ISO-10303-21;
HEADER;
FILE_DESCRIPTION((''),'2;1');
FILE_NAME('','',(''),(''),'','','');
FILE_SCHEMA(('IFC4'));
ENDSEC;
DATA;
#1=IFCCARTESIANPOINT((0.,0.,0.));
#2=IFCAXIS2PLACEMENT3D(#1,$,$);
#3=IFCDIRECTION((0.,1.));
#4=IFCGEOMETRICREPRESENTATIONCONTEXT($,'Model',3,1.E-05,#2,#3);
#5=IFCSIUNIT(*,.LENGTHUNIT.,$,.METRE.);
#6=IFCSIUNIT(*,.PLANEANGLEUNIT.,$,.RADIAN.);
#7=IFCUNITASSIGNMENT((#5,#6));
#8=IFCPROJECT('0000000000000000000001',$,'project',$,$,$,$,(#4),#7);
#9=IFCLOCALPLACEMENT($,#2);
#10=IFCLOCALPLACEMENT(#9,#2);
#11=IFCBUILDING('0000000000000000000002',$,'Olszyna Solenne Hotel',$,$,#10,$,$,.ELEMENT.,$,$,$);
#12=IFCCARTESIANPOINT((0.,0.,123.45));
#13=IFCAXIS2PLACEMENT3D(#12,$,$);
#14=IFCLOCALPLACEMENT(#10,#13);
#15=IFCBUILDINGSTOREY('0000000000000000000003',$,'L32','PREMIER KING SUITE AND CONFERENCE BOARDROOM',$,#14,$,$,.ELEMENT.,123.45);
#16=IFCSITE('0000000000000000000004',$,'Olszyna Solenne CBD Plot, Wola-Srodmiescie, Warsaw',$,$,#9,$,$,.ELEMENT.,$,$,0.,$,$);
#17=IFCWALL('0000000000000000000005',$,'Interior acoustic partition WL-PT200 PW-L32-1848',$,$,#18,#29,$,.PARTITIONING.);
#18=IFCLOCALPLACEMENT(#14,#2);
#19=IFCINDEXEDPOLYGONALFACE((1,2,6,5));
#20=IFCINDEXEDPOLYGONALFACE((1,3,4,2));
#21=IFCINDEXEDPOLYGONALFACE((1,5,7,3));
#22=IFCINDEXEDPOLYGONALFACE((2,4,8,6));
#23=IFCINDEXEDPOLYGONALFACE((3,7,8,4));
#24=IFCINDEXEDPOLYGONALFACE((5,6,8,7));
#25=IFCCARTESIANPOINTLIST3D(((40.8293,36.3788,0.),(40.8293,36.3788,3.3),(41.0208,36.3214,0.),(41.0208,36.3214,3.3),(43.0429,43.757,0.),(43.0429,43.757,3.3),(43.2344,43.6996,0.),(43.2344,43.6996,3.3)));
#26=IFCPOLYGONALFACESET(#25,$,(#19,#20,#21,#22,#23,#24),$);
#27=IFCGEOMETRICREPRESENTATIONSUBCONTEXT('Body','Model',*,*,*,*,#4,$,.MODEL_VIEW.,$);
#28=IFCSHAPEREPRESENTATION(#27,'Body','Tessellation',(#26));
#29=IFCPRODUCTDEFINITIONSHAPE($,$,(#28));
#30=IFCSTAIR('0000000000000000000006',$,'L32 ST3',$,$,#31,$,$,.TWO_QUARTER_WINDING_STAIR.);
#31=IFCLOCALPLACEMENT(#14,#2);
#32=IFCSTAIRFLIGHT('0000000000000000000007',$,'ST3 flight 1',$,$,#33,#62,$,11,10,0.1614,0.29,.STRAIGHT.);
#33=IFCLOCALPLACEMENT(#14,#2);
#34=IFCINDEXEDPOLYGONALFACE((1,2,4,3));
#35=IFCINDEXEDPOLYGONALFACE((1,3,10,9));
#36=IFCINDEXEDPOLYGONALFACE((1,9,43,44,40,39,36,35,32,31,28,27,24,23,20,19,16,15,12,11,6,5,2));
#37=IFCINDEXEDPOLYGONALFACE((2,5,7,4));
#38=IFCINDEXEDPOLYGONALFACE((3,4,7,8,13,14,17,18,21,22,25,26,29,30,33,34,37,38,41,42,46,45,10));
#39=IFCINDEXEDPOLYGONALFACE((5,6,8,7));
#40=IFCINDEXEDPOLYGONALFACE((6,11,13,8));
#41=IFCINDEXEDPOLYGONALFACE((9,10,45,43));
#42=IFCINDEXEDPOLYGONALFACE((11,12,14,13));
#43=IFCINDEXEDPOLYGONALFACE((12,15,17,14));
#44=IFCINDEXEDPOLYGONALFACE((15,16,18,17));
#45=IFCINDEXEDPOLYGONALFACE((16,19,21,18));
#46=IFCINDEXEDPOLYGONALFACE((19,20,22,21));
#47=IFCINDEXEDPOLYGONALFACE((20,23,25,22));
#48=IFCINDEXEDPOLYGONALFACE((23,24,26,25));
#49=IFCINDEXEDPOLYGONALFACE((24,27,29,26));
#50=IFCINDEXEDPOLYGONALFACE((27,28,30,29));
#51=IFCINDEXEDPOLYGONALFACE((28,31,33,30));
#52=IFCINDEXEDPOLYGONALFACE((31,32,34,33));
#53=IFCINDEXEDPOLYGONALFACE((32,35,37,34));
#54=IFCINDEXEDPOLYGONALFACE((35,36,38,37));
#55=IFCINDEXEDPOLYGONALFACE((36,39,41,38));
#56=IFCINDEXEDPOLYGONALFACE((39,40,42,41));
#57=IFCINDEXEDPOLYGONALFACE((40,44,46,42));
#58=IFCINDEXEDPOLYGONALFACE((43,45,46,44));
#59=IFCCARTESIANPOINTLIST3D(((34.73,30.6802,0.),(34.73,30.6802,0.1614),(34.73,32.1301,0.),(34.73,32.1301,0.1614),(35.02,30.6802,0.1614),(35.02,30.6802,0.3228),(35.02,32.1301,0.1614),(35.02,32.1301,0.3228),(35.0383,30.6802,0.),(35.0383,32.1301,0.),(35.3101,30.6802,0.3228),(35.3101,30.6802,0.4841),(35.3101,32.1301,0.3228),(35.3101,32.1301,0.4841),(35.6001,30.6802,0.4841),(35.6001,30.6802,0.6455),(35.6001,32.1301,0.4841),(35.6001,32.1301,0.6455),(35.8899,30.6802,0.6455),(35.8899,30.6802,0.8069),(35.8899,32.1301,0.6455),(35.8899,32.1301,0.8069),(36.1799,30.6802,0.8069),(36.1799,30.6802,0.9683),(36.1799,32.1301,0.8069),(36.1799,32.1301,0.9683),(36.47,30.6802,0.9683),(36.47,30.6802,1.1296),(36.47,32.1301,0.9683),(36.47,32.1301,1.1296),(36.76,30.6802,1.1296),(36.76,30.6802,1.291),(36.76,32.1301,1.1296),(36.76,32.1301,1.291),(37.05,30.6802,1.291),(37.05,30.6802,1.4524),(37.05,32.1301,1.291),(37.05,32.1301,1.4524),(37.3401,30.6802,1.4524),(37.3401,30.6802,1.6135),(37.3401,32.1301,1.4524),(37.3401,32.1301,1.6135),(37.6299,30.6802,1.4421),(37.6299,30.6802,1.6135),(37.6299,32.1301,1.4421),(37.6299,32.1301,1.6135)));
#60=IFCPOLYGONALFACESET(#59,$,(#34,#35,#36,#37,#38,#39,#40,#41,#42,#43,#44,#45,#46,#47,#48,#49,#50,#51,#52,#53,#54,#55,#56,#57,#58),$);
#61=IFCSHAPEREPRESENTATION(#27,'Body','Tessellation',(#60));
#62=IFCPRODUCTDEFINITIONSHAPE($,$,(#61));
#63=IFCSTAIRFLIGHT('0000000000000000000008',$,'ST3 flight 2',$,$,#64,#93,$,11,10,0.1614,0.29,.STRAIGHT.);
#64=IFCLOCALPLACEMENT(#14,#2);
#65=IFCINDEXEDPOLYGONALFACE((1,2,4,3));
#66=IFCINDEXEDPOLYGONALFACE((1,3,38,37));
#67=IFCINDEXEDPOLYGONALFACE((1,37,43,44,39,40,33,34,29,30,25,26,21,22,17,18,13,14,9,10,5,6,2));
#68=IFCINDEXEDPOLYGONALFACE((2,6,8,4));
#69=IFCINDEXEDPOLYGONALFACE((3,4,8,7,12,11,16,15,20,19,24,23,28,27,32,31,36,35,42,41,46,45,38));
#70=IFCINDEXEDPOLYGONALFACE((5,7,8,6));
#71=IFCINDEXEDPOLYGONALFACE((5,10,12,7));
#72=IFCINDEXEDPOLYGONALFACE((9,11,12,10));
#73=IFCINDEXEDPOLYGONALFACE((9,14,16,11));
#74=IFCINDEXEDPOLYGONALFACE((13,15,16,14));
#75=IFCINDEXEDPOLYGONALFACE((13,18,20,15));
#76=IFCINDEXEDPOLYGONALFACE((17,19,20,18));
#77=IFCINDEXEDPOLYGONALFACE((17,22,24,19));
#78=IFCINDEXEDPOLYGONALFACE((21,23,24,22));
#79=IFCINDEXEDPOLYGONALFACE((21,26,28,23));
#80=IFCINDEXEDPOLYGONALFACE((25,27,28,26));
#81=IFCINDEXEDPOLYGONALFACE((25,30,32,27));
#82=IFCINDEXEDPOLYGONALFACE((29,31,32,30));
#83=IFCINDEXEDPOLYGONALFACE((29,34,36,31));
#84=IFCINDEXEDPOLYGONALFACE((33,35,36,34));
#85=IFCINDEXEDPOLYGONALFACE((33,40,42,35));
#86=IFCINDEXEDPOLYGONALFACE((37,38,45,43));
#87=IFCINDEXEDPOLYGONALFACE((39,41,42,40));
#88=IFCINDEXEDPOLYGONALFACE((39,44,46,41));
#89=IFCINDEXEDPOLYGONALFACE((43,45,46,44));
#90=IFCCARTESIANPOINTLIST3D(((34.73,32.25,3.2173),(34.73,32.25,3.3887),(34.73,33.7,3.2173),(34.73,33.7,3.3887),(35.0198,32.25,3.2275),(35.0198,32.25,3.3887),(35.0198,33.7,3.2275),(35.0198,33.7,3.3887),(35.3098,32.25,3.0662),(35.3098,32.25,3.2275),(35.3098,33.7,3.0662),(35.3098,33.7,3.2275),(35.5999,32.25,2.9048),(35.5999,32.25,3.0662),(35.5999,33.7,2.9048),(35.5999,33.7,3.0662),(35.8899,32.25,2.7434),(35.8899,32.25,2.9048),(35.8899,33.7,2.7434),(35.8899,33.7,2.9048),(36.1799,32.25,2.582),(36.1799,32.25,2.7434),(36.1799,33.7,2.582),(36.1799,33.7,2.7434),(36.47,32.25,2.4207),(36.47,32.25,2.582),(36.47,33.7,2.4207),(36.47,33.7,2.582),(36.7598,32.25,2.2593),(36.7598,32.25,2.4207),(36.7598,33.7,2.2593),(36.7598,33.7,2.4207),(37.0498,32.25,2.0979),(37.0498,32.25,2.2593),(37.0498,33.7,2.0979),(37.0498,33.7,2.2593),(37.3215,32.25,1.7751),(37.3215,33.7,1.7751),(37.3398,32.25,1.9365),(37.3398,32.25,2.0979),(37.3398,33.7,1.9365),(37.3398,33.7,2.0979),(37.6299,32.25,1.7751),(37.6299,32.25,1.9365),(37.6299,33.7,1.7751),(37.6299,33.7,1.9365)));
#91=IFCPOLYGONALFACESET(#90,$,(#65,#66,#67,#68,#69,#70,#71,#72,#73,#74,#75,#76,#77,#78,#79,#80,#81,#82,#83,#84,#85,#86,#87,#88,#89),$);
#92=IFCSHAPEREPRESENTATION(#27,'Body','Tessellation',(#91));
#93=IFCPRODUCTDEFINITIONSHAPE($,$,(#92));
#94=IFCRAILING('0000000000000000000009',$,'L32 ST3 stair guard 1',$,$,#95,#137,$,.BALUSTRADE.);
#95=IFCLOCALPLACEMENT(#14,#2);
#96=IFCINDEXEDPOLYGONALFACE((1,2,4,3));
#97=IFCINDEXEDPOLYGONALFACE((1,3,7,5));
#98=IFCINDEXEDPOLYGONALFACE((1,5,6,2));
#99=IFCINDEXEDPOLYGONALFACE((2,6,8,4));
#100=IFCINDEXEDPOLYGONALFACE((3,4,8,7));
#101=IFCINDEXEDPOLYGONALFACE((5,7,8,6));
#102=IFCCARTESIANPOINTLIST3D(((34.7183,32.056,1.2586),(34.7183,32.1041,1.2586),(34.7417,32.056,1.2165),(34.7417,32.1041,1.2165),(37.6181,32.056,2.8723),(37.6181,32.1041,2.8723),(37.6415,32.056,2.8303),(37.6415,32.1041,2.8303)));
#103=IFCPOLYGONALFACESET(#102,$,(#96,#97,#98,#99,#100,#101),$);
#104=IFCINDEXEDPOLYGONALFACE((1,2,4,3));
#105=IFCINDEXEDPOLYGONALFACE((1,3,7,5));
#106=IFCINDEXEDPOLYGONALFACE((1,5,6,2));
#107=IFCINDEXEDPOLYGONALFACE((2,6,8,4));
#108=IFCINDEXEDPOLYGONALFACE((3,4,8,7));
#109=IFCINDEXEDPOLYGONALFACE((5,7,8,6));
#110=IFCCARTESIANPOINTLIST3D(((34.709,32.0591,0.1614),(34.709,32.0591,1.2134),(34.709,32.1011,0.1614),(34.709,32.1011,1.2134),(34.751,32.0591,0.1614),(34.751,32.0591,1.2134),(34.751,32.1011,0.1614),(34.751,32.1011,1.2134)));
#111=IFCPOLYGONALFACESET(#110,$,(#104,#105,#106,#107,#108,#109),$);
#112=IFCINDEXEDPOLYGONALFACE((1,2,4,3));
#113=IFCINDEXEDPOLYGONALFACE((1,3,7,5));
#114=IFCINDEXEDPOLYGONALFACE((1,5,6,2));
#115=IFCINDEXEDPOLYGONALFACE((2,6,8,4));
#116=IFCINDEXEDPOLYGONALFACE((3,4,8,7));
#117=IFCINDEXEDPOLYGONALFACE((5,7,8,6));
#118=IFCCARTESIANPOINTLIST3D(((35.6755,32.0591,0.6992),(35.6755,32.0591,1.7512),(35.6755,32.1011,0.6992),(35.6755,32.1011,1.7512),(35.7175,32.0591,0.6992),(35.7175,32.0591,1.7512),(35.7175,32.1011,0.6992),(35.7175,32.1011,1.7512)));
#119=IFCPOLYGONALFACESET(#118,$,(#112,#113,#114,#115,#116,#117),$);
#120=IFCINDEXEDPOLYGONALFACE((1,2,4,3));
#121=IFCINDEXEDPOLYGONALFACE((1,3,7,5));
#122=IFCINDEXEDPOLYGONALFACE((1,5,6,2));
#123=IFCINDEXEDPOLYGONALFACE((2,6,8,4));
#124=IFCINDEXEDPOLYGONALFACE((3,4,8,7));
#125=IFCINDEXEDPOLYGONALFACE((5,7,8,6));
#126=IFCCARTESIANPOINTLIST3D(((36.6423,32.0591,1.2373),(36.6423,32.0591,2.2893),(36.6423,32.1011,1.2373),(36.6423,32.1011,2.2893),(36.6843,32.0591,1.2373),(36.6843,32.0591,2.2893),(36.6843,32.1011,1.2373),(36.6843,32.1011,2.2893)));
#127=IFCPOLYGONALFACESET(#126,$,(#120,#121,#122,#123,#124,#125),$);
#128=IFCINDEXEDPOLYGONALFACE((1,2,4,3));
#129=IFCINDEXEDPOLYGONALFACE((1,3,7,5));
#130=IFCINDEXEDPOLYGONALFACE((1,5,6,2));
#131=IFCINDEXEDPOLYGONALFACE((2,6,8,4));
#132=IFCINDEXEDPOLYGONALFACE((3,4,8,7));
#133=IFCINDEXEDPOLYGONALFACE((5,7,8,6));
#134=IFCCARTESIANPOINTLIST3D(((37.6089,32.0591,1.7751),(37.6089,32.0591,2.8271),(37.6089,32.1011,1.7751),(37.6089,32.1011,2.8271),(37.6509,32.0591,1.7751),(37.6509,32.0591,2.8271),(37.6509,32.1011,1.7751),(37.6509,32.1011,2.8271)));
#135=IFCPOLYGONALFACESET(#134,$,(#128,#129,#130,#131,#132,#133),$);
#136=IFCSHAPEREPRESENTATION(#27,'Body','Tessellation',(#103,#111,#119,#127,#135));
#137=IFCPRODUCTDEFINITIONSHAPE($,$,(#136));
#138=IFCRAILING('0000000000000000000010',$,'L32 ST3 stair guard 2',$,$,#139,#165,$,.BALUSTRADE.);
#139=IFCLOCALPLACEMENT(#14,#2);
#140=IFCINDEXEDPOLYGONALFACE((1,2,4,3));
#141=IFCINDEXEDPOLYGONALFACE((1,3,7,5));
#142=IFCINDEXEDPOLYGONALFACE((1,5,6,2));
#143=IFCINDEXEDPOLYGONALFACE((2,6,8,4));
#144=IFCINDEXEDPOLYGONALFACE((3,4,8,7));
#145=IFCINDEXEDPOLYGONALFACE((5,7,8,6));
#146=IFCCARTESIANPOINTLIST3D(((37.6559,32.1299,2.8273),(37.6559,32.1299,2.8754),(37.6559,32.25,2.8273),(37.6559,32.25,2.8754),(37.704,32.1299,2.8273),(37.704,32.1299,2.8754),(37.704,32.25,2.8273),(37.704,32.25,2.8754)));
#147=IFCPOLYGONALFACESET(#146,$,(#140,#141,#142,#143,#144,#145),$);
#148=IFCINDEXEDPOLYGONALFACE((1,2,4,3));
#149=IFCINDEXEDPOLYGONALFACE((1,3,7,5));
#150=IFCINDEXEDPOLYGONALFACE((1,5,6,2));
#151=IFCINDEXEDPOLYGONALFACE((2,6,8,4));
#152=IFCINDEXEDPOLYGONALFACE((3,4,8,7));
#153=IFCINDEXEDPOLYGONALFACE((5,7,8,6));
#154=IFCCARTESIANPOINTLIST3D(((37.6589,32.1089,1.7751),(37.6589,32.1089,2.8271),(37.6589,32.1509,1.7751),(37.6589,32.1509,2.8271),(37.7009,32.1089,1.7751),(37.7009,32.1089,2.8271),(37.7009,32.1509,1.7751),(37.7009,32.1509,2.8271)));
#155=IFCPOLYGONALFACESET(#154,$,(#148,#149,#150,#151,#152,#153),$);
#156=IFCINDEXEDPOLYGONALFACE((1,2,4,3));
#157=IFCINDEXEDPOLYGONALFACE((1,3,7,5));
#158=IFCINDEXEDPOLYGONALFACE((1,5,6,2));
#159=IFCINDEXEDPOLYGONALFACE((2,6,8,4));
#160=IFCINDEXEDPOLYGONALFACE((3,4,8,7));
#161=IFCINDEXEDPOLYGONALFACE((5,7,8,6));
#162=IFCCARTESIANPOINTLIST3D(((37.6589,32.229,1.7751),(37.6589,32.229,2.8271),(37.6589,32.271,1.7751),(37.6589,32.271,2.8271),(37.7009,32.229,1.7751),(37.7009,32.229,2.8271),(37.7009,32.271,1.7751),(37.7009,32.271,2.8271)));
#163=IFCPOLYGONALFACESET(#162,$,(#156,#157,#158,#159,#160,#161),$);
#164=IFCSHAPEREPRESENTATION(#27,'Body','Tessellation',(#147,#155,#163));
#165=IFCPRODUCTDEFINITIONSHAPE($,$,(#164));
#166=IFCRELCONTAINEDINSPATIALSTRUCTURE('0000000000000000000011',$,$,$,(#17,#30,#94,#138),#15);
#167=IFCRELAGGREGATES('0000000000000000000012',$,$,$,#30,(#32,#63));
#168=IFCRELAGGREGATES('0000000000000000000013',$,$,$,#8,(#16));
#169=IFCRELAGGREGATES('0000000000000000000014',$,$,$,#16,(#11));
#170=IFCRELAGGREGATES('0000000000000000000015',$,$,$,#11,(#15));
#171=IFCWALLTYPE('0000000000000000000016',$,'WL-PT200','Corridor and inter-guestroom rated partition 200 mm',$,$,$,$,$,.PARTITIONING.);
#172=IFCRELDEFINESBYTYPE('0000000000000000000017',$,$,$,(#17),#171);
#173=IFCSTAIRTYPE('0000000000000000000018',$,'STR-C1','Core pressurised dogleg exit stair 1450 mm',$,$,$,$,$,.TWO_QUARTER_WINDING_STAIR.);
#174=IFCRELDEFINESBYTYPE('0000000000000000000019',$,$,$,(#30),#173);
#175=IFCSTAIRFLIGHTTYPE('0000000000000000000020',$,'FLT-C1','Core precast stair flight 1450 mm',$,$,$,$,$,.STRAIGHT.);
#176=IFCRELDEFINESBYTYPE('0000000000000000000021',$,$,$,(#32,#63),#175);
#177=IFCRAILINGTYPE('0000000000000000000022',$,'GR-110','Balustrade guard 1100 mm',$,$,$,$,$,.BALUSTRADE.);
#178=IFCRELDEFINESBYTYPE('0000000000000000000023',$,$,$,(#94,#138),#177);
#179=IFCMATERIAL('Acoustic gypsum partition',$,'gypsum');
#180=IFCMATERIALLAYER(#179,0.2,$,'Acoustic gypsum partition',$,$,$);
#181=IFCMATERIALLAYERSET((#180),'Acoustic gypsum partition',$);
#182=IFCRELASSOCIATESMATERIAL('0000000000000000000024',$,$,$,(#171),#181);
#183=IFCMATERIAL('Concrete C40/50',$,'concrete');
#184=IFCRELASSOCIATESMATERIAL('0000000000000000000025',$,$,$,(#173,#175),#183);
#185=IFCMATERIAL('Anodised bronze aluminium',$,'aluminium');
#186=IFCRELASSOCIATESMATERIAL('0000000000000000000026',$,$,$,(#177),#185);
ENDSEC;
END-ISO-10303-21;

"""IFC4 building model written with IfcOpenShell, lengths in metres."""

from ifc_helpers import new_model, si_unit, direction, frame, frame_2d, origin, origin_2d, place, context, subcontext, project, spatial, polyline, rectangle, outline, extrude, material, layer, layer_set, type_object, element, aggregate, save


model = new_model("IFC4")

# Units and contexts
model_context = context("Model", 3, precision=1e-05, world=origin(), true_north=direction((0.0, 1.0)))
body_context = subcontext(model_context, "Body", "Model", "MODEL_VIEW")
ifc_project = project(units=[si_unit("LENGTHUNIT", "METRE"), si_unit("PLANEANGLEUNIT", "RADIAN")], contexts=[model_context])

# Site, building, storey
site_placement = place(None, origin())
site = spatial("IfcSite", under=ifc_project, at=site_placement, Name="Olszyna Solenne CBD Plot, Wola-Srodmiescie, Warsaw", CompositionType="ELEMENT", RefElevation=0.0)
building_placement = place(site_placement, origin())
building = spatial("IfcBuilding", under=site, at=building_placement, Name="Olszyna Solenne Hotel", CompositionType="ELEMENT")
storey_placement = place(building_placement, frame((0.0, 0.0, 123.45)))
storey = spatial("IfcBuildingStorey", under=building, at=storey_placement, Name="L32", Description="PREMIER KING SUITE AND CONFERENCE BOARDROOM", CompositionType="ELEMENT", Elevation=123.45)

# Shared definitions
ifc_material_1 = material(Name="Anodised bronze aluminium", Category="aluminium")

# Shared definitions
ifc_material_2 = material(Name="Acoustic gypsum partition", Category="gypsum")

# Wall
ifc_layer_1 = layer(ifc_material_2, 0.2, Name="Acoustic gypsum partition")
ifc_layer_set_1 = layer_set([ifc_layer_1], Name="Acoustic gypsum partition")
wall_type_1 = type_object("IfcWallType", Name="WL-PT200", Description="Corridor and inter-guestroom rated partition 200 mm", PredefinedType="PARTITIONING", material=ifc_layer_set_1)
wall_1_placement = place(storey_placement, frame((40.925, 36.3501, 0.0), z_axis=(0.0, 0.0, 1.0), x_axis=(0.287368, 0.95782, 0.0)))
element("IfcWall", 1, at=wall_1_placement, inside=storey, type_object=wall_type_1, Name="Interior acoustic partition WL-PT200 PW-L32-1848", PredefinedType="PARTITIONING", context=body_context, shape_type="SweptSolid", body=[
    extrude(rectangle(XDim=7.7031, YDim=0.2, at=frame_2d((3.8516, 0.0))), origin(), (0.0, 0.0, 1.0), 3.3),
])

# Stair, stair flights
ifc_material_3 = material(Name="Concrete C40/50", Category="concrete")
stair_type = type_object("IfcStairType", Name="STR-C1", Description="Core pressurised dogleg exit stair 1450 mm", PredefinedType="TWO_QUARTER_WINDING_STAIR", material=ifc_material_3)
stair_placement = place(storey_placement, origin())
stair = element("IfcStair", 2, at=stair_placement, inside=storey, type_object=stair_type, Name="L32 ST3", PredefinedType="TWO_QUARTER_WINDING_STAIR")
stair_flight_type = type_object("IfcStairFlightType", Name="FLT-C1", Description="Core precast stair flight 1450 mm", PredefinedType="STRAIGHT", material=ifc_material_3)
stair_flight_1_placement = place(storey_placement, frame((34.73, 31.405, 0.0), z_axis=(0.0, 0.0, 1.0), x_axis=(1.0, 0.0, 0.0)))
stair_flight_1 = element("IfcStairFlight", 3, at=stair_flight_1_placement, type_object=stair_flight_type, Name="ST3 flight 1", NumberOfRisers=11, NumberOfTreads=10, PredefinedType="STRAIGHT", RiserHeight=0.1614, TreadLength=0.29, context=body_context, shape_type="SweptSolid", body=[
    extrude(outline(polyline([(0.0, 0.0), (0.0, 0.1614), (0.29, 0.1614), (0.29, 0.3228), (0.5801, 0.3228), (0.5801, 0.4841), (0.8701, 0.4841), (0.8701, 0.6455), (1.1599, 0.6455), (1.1599, 0.8069), (1.45, 0.8069), (1.45, 0.9683), (1.74, 0.9683), (1.74, 1.1296), (2.03, 1.1296), (2.03, 1.291), (2.3201, 1.291), (2.3201, 1.4524), (2.6101, 1.4524), (2.6101, 1.6135), (2.8999, 1.6135), (2.8999, 1.7749), (2.8999, 1.4421), (0.3083, 0.0), (0.0, 0.0)])), frame((0.0, 0.7251, 0.0), z_axis=(0.0, -1.0, 0.0), x_axis=(1.0, 0.0, 0.0)), (0.0, 0.0, 1.0), 1.45),
])
stair_flight_2_placement = place(storey_placement, frame((37.6299, 32.9751, 1.7751), z_axis=(0.0, 0.0, 1.0), x_axis=(-1.0, 0.0, 0.0)))
stair_flight_2 = element("IfcStairFlight", 4, at=stair_flight_2_placement, type_object=stair_flight_type, Name="ST3 flight 2", NumberOfRisers=11, NumberOfTreads=10, PredefinedType="STRAIGHT", RiserHeight=0.1614, TreadLength=0.29, context=body_context, shape_type="SweptSolid", body=[
    extrude(outline(polyline([(0.0, 0.0), (0.0, 0.1614), (0.29, 0.1614), (0.29, 0.3228), (0.5801, 0.3228), (0.5801, 0.4841), (0.8701, 0.4841), (0.8701, 0.6455), (1.1599, 0.6455), (1.1599, 0.8069), (1.45, 0.8069), (1.45, 0.9683), (1.74, 0.9683), (1.74, 1.1296), (2.03, 1.1296), (2.03, 1.291), (2.3201, 1.291), (2.3201, 1.4524), (2.6101, 1.4524), (2.6101, 1.6135), (2.8999, 1.6135), (2.8999, 1.7749), (2.8999, 1.4421), (0.3083, 0.0), (0.0, 0.0)])), frame((0.0, 0.7251, 0.0), z_axis=(0.0, -1.0, 0.0), x_axis=(1.0, 0.0, 0.0)), (0.0, 0.0, 1.0), 1.45),
])
aggregate(stair, [stair_flight_1, stair_flight_2])

# Railings
railing_type_1 = type_object("IfcRailingType", Name="GR-110", Description="Balustrade guard 1100 mm", PredefinedType="BALUSTRADE", material=ifc_material_1)
railing_1_placement = place(storey_placement, frame((34.73, 32.0801, 0.1614)))
element("IfcRailing", 5, at=railing_1_placement, inside=storey, type_object=railing_type_1, Name="L32 ST3 stair guard 1", PredefinedType="BALUSTRADE", context=body_context, shape_type="SweptSolid", body=[
    extrude(rectangle(XDim=0.0481, YDim=0.0481, at=origin_2d()), frame((0.0, 0.0, 1.0762), z_axis=(0.87381, 0.0, 0.486267), x_axis=(0.0, 1.0, 0.0)), (0.0, 0.0, 1.0), 3.3186),
    extrude(rectangle(XDim=0.042, YDim=0.042, at=origin_2d()), origin(), (0.0, 0.0, 1.0), 1.052),
    extrude(rectangle(XDim=0.042, YDim=0.042, at=origin_2d()), frame((0.9666, 0.0, 0.5378)), (0.0, 0.0, 1.0), 1.052),
    extrude(rectangle(XDim=0.042, YDim=0.042, at=origin_2d()), frame((1.9333, 0.0, 1.0759)), (0.0, 0.0, 1.0), 1.052),
    extrude(rectangle(XDim=0.042, YDim=0.042, at=origin_2d()), frame((2.8999, 0.0, 1.6138)), (0.0, 0.0, 1.0), 1.052),
])
railing_2_placement = place(storey_placement, frame((37.6799, 32.1299, 1.7751)))
element("IfcRailing", 6, at=railing_2_placement, inside=storey, type_object=railing_type_1, Name="L32 ST3 stair guard 2", PredefinedType="BALUSTRADE", context=body_context, shape_type="SweptSolid", body=[
    extrude(rectangle(XDim=0.0481, YDim=0.0481, at=origin_2d()), frame((0.0, 0.0, 1.0762), z_axis=(0.0, 1.0, 0.0), x_axis=(-1.0, 0.0, 0.0)), (0.0, 0.0, 1.0), 0.1201),
    extrude(rectangle(XDim=0.042, YDim=0.042, at=origin_2d()), origin(), (0.0, 0.0, 1.0), 1.052),
    extrude(rectangle(XDim=0.042, YDim=0.042, at=origin_2d()), frame((0.0, 0.1201, 0.0)), (0.0, 0.0, 1.0), 1.052),
])

save(model, "model.ifc")
